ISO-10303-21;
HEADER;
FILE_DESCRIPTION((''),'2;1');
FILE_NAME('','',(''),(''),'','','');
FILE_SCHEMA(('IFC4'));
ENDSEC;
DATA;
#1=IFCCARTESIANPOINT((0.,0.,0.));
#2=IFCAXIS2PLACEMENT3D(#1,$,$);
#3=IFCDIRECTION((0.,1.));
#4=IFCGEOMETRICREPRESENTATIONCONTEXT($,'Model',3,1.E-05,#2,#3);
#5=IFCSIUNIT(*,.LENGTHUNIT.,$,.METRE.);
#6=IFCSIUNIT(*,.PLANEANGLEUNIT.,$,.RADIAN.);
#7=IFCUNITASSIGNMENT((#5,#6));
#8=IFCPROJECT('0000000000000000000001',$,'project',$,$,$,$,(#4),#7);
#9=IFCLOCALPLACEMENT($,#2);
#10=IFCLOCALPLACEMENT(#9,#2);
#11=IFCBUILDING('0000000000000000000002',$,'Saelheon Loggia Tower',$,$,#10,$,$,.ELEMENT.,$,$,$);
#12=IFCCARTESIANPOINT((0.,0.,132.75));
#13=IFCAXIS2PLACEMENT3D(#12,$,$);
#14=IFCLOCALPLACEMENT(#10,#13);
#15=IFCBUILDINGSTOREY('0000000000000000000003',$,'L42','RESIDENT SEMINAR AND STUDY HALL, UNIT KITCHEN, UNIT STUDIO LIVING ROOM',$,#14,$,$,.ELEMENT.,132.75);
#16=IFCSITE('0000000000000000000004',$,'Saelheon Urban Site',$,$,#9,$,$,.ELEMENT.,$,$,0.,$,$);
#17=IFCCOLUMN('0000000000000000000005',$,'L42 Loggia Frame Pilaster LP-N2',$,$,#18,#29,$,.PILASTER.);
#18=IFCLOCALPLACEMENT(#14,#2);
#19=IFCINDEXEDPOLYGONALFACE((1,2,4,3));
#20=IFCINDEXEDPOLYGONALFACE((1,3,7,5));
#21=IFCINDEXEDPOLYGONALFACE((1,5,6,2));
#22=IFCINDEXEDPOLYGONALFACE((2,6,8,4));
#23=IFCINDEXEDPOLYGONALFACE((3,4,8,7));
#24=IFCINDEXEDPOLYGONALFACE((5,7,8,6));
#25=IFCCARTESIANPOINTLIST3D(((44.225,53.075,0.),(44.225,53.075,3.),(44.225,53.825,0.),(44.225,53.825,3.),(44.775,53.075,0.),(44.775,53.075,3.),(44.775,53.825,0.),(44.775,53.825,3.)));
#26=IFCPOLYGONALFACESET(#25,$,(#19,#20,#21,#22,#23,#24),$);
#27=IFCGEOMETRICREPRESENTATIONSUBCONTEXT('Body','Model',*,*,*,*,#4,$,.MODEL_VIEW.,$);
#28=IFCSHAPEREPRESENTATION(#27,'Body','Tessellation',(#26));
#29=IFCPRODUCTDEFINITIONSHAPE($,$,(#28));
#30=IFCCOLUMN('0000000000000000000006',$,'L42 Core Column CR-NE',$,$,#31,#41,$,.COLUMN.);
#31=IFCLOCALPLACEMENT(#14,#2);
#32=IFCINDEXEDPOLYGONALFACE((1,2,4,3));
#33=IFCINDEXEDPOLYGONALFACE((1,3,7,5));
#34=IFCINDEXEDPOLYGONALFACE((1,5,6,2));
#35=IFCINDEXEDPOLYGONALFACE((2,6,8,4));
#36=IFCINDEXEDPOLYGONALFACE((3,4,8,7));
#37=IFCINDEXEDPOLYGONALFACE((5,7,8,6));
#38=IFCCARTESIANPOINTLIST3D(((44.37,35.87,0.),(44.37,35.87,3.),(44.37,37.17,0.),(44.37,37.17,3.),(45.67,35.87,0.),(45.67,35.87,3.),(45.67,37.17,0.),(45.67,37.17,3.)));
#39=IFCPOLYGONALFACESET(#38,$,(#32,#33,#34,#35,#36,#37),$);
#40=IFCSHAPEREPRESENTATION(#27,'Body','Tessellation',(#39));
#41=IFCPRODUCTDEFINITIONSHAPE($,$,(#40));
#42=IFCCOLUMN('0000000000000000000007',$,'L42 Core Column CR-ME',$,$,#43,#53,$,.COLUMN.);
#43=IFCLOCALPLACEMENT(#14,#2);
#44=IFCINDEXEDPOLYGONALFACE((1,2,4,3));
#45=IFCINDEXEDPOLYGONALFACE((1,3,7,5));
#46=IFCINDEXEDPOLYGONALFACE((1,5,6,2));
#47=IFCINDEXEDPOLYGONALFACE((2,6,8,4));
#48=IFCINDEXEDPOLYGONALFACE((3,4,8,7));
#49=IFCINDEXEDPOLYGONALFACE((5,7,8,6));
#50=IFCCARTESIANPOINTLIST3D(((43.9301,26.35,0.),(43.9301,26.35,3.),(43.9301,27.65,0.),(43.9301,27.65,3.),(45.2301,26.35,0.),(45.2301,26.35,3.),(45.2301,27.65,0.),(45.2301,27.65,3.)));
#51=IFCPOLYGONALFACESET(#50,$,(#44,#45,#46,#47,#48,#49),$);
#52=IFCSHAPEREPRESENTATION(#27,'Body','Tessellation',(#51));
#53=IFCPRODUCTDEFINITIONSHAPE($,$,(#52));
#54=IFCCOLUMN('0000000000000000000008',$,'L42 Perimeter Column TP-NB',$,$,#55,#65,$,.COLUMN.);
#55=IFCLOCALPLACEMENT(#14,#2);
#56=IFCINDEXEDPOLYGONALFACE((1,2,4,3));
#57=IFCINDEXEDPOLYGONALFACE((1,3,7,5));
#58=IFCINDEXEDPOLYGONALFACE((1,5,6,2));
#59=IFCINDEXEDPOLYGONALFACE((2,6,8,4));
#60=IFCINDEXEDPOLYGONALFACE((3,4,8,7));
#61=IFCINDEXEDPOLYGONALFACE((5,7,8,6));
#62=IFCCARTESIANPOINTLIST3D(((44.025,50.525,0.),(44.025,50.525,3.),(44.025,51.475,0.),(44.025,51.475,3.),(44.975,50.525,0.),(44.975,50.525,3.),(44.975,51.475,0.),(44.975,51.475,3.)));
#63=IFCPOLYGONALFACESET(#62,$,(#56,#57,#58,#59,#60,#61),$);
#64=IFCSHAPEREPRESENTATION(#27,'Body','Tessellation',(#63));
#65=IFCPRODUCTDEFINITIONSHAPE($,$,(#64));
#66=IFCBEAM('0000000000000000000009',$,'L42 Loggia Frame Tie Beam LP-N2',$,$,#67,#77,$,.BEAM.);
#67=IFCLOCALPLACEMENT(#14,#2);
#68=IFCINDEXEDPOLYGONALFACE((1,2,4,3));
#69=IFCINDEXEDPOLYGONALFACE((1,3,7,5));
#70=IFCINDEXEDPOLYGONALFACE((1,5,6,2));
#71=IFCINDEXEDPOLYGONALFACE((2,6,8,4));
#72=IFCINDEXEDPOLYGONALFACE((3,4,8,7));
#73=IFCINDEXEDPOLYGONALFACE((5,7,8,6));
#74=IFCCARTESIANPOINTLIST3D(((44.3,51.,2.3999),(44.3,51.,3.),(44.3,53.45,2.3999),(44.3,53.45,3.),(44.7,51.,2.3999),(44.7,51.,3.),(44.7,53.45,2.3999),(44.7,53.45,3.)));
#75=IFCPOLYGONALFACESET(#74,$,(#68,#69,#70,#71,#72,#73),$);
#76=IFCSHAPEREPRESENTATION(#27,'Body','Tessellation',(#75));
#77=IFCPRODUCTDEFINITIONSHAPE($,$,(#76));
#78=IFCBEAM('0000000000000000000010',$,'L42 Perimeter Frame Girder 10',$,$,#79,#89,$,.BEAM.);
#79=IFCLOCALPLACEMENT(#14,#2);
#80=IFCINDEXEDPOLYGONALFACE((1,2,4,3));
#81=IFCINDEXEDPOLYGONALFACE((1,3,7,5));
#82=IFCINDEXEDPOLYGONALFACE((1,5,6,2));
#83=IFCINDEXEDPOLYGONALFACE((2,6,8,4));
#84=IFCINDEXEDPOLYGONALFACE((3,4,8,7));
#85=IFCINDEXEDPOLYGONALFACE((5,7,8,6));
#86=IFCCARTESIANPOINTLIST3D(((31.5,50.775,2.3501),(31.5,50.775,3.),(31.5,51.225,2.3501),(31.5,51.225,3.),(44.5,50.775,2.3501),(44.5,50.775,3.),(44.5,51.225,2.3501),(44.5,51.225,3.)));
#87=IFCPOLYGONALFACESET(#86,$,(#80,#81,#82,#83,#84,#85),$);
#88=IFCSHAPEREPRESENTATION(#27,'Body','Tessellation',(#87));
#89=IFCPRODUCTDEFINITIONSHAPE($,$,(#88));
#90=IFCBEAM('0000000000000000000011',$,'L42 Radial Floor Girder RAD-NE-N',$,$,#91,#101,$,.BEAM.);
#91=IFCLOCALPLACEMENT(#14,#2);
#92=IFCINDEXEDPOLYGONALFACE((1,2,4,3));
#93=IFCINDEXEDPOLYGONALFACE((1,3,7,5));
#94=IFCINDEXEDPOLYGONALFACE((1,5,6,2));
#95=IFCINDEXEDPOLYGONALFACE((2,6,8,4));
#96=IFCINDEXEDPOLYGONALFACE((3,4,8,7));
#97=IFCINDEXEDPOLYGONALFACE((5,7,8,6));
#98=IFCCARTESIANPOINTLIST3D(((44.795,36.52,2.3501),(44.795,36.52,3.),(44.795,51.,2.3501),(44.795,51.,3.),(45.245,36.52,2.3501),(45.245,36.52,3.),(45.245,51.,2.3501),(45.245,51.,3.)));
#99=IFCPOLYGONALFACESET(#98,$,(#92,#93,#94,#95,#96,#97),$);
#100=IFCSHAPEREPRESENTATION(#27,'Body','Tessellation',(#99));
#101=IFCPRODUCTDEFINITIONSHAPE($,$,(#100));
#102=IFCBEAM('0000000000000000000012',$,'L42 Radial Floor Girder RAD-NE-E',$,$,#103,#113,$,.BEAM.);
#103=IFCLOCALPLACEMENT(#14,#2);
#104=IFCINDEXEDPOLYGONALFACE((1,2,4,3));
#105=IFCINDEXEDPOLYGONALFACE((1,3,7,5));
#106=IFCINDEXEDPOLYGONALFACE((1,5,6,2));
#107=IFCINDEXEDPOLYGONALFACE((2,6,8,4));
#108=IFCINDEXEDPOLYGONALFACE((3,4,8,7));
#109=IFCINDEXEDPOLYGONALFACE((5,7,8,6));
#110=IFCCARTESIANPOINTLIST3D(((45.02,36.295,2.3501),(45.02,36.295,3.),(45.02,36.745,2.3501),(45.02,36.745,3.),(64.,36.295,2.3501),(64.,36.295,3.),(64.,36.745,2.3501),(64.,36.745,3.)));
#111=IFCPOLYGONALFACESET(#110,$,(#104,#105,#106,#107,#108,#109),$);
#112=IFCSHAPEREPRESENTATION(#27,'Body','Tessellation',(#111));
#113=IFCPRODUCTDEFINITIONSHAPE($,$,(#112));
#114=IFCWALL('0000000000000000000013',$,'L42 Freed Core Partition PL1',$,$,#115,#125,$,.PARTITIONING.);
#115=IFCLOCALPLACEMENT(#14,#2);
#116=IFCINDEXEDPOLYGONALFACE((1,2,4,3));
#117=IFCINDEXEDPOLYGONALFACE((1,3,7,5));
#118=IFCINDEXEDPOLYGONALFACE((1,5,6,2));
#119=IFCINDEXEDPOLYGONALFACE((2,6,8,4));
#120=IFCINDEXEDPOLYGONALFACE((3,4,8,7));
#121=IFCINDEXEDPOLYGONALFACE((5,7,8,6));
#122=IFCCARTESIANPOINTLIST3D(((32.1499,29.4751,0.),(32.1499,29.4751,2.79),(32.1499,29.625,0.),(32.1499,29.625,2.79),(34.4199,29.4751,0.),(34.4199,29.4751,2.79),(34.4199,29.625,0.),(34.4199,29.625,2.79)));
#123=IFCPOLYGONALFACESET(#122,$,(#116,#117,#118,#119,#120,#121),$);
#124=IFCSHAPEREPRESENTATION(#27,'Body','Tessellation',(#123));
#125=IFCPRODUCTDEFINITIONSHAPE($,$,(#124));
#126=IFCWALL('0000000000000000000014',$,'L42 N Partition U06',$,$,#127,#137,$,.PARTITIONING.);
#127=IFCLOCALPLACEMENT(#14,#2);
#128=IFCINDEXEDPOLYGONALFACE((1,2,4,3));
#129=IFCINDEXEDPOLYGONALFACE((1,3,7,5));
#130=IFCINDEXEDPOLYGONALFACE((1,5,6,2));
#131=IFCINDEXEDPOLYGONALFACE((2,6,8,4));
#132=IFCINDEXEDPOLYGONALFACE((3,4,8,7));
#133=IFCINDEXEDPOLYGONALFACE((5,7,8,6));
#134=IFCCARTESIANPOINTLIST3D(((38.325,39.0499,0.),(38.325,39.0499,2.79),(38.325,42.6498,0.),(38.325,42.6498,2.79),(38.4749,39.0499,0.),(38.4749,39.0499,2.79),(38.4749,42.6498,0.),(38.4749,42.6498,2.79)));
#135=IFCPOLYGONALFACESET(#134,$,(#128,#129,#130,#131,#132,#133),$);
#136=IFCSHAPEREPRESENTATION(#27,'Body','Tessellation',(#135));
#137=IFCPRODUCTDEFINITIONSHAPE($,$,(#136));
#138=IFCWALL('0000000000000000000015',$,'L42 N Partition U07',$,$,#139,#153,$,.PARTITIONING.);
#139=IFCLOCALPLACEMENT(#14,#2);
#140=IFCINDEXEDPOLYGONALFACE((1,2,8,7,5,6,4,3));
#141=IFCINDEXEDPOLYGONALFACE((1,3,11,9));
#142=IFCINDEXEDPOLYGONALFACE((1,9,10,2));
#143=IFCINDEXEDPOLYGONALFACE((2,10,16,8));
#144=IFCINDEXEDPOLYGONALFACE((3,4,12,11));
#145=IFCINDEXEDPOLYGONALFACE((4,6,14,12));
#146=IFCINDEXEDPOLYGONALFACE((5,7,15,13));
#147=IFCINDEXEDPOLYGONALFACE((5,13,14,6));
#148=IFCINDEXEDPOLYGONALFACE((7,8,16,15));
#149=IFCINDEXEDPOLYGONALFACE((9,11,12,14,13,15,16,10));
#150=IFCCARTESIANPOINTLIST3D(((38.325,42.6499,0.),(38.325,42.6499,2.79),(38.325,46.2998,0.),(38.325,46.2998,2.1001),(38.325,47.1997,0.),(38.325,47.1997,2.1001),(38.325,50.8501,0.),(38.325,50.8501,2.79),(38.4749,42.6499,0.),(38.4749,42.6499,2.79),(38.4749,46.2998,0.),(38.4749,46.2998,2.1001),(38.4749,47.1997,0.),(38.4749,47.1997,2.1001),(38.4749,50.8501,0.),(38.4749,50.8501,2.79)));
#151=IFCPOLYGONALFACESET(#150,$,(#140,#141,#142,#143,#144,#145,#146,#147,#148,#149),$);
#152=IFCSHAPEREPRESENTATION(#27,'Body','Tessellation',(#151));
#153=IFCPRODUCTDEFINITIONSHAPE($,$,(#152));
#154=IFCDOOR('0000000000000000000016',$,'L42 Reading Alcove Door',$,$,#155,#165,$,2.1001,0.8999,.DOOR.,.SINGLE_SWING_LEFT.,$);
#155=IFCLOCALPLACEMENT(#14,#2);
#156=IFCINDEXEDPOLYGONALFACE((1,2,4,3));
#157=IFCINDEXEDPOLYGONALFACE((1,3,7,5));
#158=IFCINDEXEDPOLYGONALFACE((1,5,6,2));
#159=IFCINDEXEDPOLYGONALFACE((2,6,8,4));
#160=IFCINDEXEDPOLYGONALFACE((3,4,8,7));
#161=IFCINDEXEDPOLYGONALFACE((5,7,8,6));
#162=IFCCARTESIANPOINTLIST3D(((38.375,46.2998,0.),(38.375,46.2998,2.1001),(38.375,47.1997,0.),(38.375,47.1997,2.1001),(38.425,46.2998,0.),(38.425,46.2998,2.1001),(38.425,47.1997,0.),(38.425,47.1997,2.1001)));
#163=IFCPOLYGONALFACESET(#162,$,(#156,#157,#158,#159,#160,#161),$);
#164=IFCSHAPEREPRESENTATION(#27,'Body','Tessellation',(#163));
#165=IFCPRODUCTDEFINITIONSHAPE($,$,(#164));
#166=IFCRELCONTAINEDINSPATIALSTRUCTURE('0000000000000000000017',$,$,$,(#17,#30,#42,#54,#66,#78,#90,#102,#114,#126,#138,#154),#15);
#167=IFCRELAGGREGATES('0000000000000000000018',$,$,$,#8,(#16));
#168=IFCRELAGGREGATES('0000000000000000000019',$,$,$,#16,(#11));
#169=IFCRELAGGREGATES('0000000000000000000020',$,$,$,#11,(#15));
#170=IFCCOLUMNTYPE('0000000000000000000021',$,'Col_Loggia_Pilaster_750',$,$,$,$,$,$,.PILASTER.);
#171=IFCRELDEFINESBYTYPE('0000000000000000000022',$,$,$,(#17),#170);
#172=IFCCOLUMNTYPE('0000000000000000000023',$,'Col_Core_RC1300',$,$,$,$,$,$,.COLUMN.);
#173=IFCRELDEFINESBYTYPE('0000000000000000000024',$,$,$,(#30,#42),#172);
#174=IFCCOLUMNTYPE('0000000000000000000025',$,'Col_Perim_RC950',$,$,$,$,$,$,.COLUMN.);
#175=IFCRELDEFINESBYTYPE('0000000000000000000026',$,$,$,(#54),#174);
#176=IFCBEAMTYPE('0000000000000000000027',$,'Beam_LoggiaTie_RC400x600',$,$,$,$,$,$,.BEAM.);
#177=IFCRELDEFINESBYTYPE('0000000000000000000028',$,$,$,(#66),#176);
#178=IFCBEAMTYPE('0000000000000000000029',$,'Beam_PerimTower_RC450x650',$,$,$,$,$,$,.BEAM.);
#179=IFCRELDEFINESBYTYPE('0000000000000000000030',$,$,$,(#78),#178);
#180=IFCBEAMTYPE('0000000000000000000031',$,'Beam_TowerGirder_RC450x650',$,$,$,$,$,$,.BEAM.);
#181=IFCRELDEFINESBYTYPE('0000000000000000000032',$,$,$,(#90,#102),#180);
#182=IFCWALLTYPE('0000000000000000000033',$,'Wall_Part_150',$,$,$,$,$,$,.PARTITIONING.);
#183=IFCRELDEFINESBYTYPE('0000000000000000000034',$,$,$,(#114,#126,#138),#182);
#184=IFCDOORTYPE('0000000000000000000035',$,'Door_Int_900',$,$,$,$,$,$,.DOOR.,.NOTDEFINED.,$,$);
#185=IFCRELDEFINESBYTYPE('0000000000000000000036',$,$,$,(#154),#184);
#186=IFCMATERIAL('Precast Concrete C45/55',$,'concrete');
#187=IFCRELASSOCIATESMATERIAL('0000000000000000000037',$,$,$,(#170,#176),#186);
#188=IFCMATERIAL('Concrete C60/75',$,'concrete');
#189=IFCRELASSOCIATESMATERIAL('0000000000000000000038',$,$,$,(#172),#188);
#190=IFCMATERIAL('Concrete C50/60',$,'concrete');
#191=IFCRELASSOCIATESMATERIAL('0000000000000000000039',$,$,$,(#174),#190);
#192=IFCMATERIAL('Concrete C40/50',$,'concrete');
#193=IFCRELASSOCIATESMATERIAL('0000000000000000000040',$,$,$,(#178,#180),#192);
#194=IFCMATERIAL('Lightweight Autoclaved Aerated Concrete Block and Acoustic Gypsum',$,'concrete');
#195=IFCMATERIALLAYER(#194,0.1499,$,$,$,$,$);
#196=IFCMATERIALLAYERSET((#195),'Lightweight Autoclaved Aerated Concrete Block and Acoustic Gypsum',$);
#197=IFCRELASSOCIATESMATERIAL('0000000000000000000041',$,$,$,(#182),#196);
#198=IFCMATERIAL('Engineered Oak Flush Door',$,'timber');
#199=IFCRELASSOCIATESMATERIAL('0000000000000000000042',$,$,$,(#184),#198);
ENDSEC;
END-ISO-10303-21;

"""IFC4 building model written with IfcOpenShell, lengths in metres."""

from ifc_helpers import new_model, si_unit, direction, frame, frame_2d, origin, origin_2d, place, context, subcontext, project, spatial, rectangle, extrude, source, transform, mapped, material, layer, layer_set, material_profile, profile_set, type_object, element, fill, save


model = new_model("IFC4")

# Units and contexts
model_context = context("Model", 3, precision=1e-05, world=origin(), true_north=direction((0.0, 1.0)))
body_context = subcontext(model_context, "Body", "Model", "MODEL_VIEW")
ifc_project = project(units=[si_unit("LENGTHUNIT", "METRE"), si_unit("PLANEANGLEUNIT", "RADIAN")], contexts=[model_context])

# Site, building, storey
site_placement = place(None, origin())
site = spatial("IfcSite", under=ifc_project, at=site_placement, Name="Saelheon Urban Site", CompositionType="ELEMENT", RefElevation=0.0)
building_placement = place(site_placement, origin())
building = spatial("IfcBuilding", under=site, at=building_placement, Name="Saelheon Loggia Tower", CompositionType="ELEMENT")
storey_placement = place(building_placement, frame((0.0, 0.0, 132.75)))
storey = spatial("IfcBuildingStorey", under=building, at=storey_placement, Name="L42", Description="RESIDENT SEMINAR AND STUDY HALL, UNIT KITCHEN, UNIT STUDIO LIVING ROOM", CompositionType="ELEMENT", Elevation=132.75)

# Columns
ifc_material_1 = material(Name="Precast Concrete C45/55", Category="concrete")
ifc_material_profile_1 = material_profile(ifc_material_1, rectangle(XDim=0.55, YDim=0.75, at=origin_2d()), Name="RC-550x750")
ifc_profile_set_1 = profile_set([ifc_material_profile_1], Name="Precast Concrete C45/55")
column_type_1 = type_object("IfcColumnType", Name="Col_Loggia_Pilaster_750", PredefinedType="PILASTER", material=ifc_profile_set_1)
shared_shape_1 = source(origin(), body_context, "Body", "SweptSolid", [
    extrude(rectangle(XDim=0.55, YDim=0.75, at=origin_2d()), origin(), (0.0, 0.0, 1.0), 3.0),
])
column_1_placement = place(storey_placement, frame((44.5, 53.45, 0.0), z_axis=(0.0, 0.0, 1.0), x_axis=(1.0, 0.0, 0.0)))
element("IfcColumn", 1, at=column_1_placement, inside=storey, type_object=column_type_1, Name="L42 Loggia Frame Pilaster LP-N2", PredefinedType="PILASTER", context=body_context, shape_type="MappedRepresentation", body=[
    mapped(shared_shape_1, transform((0.0, 0.0, 0.0), scale=1.0)),
])
ifc_material_2 = material(Name="Concrete C60/75", Category="concrete")
ifc_material_profile_2 = material_profile(ifc_material_2, rectangle(XDim=1.3, YDim=1.3, at=origin_2d()), Name="RC-1300x1300")
ifc_profile_set_2 = profile_set([ifc_material_profile_2], Name="Concrete C60/75")
column_type_2 = type_object("IfcColumnType", Name="Col_Core_RC1300", PredefinedType="COLUMN", material=ifc_profile_set_2)
shared_shape_2 = source(origin(), body_context, "Body", "SweptSolid", [
    extrude(rectangle(XDim=1.3, YDim=1.3, at=origin_2d()), origin(), (0.0, 0.0, 1.0), 3.0),
])
for number, where, z_axis, x_axis, name in (
    (2, (45.02, 36.52, 0.0), (0.0, 0.0, 1.0), (1.0, 0.0, 0.0), "L42 Core Column CR-NE"),
    (3, (44.5801, 27.0, 0.0), (0.0, 0.0, 1.0), (1.0, 0.0, 0.0), "L42 Core Column CR-ME"),
):
    element("IfcColumn", number, at=place(storey_placement, frame(where, z_axis=z_axis, x_axis=x_axis)), inside=storey, type_object=column_type_2, Name=name, PredefinedType="COLUMN", context=body_context, shape_type="MappedRepresentation", body=[
        mapped(shared_shape_2, transform((0.0, 0.0, 0.0), scale=1.0)),
    ])
ifc_material_3 = material(Name="Concrete C50/60", Category="concrete")
ifc_material_profile_3 = material_profile(ifc_material_3, rectangle(XDim=0.95, YDim=0.95, at=origin_2d()), Name="RC-950x950")
ifc_profile_set_3 = profile_set([ifc_material_profile_3], Name="Concrete C50/60")
column_type_3 = type_object("IfcColumnType", Name="Col_Perim_RC950", PredefinedType="COLUMN", material=ifc_profile_set_3)
shared_shape_3 = source(origin(), body_context, "Body", "SweptSolid", [
    extrude(rectangle(XDim=0.95, YDim=0.95, at=origin_2d()), origin(), (0.0, 0.0, 1.0), 3.0),
])
column_2_placement = place(storey_placement, frame((44.5, 51.0, 0.0), z_axis=(0.0, 0.0, 1.0), x_axis=(1.0, 0.0, 0.0)))
element("IfcColumn", 4, at=column_2_placement, inside=storey, type_object=column_type_3, Name="L42 Perimeter Column TP-NB", PredefinedType="COLUMN", context=body_context, shape_type="MappedRepresentation", body=[
    mapped(shared_shape_3, transform((0.0, 0.0, 0.0), scale=1.0)),
])

# Beams
ifc_material_profile_4 = material_profile(ifc_material_1, rectangle(XDim=0.3999, YDim=0.6001, at=origin_2d()), Name="RC-400x600")
ifc_profile_set_4 = profile_set([ifc_material_profile_4], Name="Precast Concrete C45/55")
beam_type_1 = type_object("IfcBeamType", Name="Beam_LoggiaTie_RC400x600", PredefinedType="BEAM", material=ifc_profile_set_4)
shared_shape_4 = source(origin(), body_context, "Body", "SweptSolid", [
    extrude(rectangle(XDim=0.3999, YDim=0.6001, at=origin_2d()), origin(), (0.0, 0.0, 1.0), 2.45),
])
beam_1_placement = place(storey_placement, frame((44.5, 51.0, 2.7), z_axis=(0.0, 1.0, 0.0), x_axis=(-1.0, 0.0, 0.0)))
element("IfcBeam", 5, at=beam_1_placement, inside=storey, type_object=beam_type_1, Name="L42 Loggia Frame Tie Beam LP-N2", PredefinedType="BEAM", context=body_context, shape_type="MappedRepresentation", body=[
    mapped(shared_shape_4, transform((0.0, 0.0, 0.0), scale=1.0)),
])
ifc_material_4 = material(Name="Concrete C40/50", Category="concrete")
ifc_material_profile_5 = material_profile(ifc_material_4, rectangle(XDim=0.45, YDim=0.6499, at=origin_2d()), Name="RC-450x650")
ifc_profile_set_5 = profile_set([ifc_material_profile_5], Name="Concrete C40/50")
beam_type_2 = type_object("IfcBeamType", Name="Beam_PerimTower_RC450x650", PredefinedType="BEAM", material=ifc_profile_set_5)
shared_shape_5 = source(origin(), body_context, "Body", "SweptSolid", [
    extrude(rectangle(XDim=0.45, YDim=0.6499, at=origin_2d()), origin(), (0.0, 0.0, 1.0), 13.0),
])
beam_2_placement = place(storey_placement, frame((44.5, 51.0, 2.675), z_axis=(-1.0, 0.0, 0.0), x_axis=(0.0, -1.0, 0.0)))
element("IfcBeam", 6, at=beam_2_placement, inside=storey, type_object=beam_type_2, Name="L42 Perimeter Frame Girder 10", PredefinedType="BEAM", context=body_context, shape_type="MappedRepresentation", body=[
    mapped(shared_shape_5, transform((0.0, 0.0, 0.0), scale=1.0)),
])
ifc_material_profile_6 = material_profile(ifc_material_4, rectangle(XDim=0.45, YDim=0.6499, at=origin_2d()), Name="RC-450x650")
ifc_profile_set_6 = profile_set([ifc_material_profile_6], Name="Concrete C40/50")
beam_type_3 = type_object("IfcBeamType", Name="Beam_TowerGirder_RC450x650", PredefinedType="BEAM", material=ifc_profile_set_6)
shared_shape_6 = source(origin(), body_context, "Body", "SweptSolid", [
    extrude(rectangle(XDim=0.45, YDim=0.6499, at=origin_2d()), origin(), (0.0, 0.0, 1.0), 14.48),
])
beam_3_placement = place(storey_placement, frame((45.02, 36.52, 2.675), z_axis=(0.0, 1.0, 0.0), x_axis=(-1.0, 0.0, 0.0)))
element("IfcBeam", 7, at=beam_3_placement, inside=storey, type_object=beam_type_3, Name="L42 Radial Floor Girder RAD-NE-N", PredefinedType="BEAM", context=body_context, shape_type="MappedRepresentation", body=[
    mapped(shared_shape_6, transform((0.0, 0.0, 0.0), scale=1.0)),
])
shared_shape_7 = source(origin(), body_context, "Body", "SweptSolid", [
    extrude(rectangle(XDim=0.45, YDim=0.6499, at=origin_2d()), origin(), (0.0, 0.0, 1.0), 18.98),
])
beam_4_placement = place(storey_placement, frame((45.02, 36.52, 2.675), z_axis=(1.0, 0.0, 0.0), x_axis=(0.0, 1.0, 0.0)))
element("IfcBeam", 8, at=beam_4_placement, inside=storey, type_object=beam_type_3, Name="L42 Radial Floor Girder RAD-NE-E", PredefinedType="BEAM", context=body_context, shape_type="MappedRepresentation", body=[
    mapped(shared_shape_7, transform((0.0, 0.0, 0.0), scale=1.0)),
])

# Walls
ifc_material_5 = material(Name="Lightweight Autoclaved Aerated Concrete Block and Acoustic Gypsum", Category="concrete")
ifc_layer_1 = layer(ifc_material_5, 0.1499)
ifc_layer_set_1 = layer_set([ifc_layer_1], Name="Lightweight Autoclaved Aerated Concrete Block and Acoustic Gypsum")
wall_type_1 = type_object("IfcWallType", Name="Wall_Part_150", PredefinedType="PARTITIONING", material=ifc_layer_set_1)
wall_1_placement = place(storey_placement, frame((32.1499, 29.55, 0.0), z_axis=(0.0, 0.0, 1.0), x_axis=(1.0, 0.0, 0.0)))
element("IfcWall", 9, at=wall_1_placement, inside=storey, type_object=wall_type_1, Name="L42 Freed Core Partition PL1", PredefinedType="PARTITIONING", context=body_context, shape_type="SweptSolid", body=[
    extrude(rectangle(XDim=2.27, YDim=0.1499, at=frame_2d((1.135, 0.0))), origin(), (0.0, 0.0, 1.0), 2.79),
])
wall_2_placement = place(storey_placement, frame((38.3999, 39.05, 0.0), z_axis=(0.0, 0.0, 1.0), x_axis=(0.0, 1.0, 0.0)))
element("IfcWall", 10, at=wall_2_placement, inside=storey, type_object=wall_type_1, Name="L42 N Partition U06", PredefinedType="PARTITIONING", context=body_context, shape_type="SweptSolid", body=[
    extrude(rectangle(XDim=3.5999, YDim=0.1499, at=frame_2d((1.7998, 0.0))), origin(), (0.0, 0.0, 1.0), 2.79),
])

# Wall, opening, door
wall_3_placement = place(storey_placement, frame((38.3999, 42.6499, 0.0), z_axis=(0.0, 0.0, 1.0), x_axis=(0.0, 1.0, 0.0)))
wall_3 = element("IfcWall", 11, at=wall_3_placement, inside=storey, type_object=wall_type_1, Name="L42 N Partition U07", PredefinedType="PARTITIONING", context=body_context, shape_type="SweptSolid", body=[
    extrude(rectangle(XDim=8.2002, YDim=0.1499, at=frame_2d((4.1001, 0.0))), origin(), (0.0, 0.0, 1.0), 2.79),
])
opening_1_placement = place(wall_3_placement, frame((3.6499, 0.0, 0.0)))
opening_1 = element("IfcOpeningElement", 12, at=opening_1_placement, cuts=wall_3, PredefinedType="OPENING", context=body_context, shape_type="SweptSolid", body=[
    extrude(rectangle(XDim=0.8999, YDim=2.1001, at=frame_2d((0.45, 1.05))), frame((0.0, 0.0869, 0.0), z_axis=(0.0, -1.0, 0.0), x_axis=(1.0, 0.0, 0.0)), (0.0, 0.0, 1.0), 0.1738),
])
ifc_material_6 = material(Name="Engineered Oak Flush Door", Category="timber")
door_type_1 = type_object("IfcDoorType", Name="Door_Int_900", OperationType="NOTDEFINED", PredefinedType="DOOR", material=ifc_material_6)
shared_shape_8 = source(origin(), body_context, "Body", "SweptSolid", [
    extrude(rectangle(XDim=0.8999, YDim=2.1001, at=frame_2d((0.45, 1.05))), frame((0.0, 0.0249, 0.0), z_axis=(0.0, -1.0, 0.0), x_axis=(1.0, 0.0, 0.0)), (0.0, 0.0, 1.0), 0.05),
])
door_1_placement = place(opening_1_placement, origin())
door_1 = element("IfcDoor", 13, at=door_1_placement, inside=storey, type_object=door_type_1, Name="L42 Reading Alcove Door", OperationType="SINGLE_SWING_LEFT", OverallHeight=2.1001, OverallWidth=0.8999, PredefinedType="DOOR", context=body_context, shape_type="MappedRepresentation", body=[
    mapped(shared_shape_8, transform((0.0, 0.0, 0.0), scale=1.0)),
])
fill(opening_1, door_1)

save(model, "model.ifc")
